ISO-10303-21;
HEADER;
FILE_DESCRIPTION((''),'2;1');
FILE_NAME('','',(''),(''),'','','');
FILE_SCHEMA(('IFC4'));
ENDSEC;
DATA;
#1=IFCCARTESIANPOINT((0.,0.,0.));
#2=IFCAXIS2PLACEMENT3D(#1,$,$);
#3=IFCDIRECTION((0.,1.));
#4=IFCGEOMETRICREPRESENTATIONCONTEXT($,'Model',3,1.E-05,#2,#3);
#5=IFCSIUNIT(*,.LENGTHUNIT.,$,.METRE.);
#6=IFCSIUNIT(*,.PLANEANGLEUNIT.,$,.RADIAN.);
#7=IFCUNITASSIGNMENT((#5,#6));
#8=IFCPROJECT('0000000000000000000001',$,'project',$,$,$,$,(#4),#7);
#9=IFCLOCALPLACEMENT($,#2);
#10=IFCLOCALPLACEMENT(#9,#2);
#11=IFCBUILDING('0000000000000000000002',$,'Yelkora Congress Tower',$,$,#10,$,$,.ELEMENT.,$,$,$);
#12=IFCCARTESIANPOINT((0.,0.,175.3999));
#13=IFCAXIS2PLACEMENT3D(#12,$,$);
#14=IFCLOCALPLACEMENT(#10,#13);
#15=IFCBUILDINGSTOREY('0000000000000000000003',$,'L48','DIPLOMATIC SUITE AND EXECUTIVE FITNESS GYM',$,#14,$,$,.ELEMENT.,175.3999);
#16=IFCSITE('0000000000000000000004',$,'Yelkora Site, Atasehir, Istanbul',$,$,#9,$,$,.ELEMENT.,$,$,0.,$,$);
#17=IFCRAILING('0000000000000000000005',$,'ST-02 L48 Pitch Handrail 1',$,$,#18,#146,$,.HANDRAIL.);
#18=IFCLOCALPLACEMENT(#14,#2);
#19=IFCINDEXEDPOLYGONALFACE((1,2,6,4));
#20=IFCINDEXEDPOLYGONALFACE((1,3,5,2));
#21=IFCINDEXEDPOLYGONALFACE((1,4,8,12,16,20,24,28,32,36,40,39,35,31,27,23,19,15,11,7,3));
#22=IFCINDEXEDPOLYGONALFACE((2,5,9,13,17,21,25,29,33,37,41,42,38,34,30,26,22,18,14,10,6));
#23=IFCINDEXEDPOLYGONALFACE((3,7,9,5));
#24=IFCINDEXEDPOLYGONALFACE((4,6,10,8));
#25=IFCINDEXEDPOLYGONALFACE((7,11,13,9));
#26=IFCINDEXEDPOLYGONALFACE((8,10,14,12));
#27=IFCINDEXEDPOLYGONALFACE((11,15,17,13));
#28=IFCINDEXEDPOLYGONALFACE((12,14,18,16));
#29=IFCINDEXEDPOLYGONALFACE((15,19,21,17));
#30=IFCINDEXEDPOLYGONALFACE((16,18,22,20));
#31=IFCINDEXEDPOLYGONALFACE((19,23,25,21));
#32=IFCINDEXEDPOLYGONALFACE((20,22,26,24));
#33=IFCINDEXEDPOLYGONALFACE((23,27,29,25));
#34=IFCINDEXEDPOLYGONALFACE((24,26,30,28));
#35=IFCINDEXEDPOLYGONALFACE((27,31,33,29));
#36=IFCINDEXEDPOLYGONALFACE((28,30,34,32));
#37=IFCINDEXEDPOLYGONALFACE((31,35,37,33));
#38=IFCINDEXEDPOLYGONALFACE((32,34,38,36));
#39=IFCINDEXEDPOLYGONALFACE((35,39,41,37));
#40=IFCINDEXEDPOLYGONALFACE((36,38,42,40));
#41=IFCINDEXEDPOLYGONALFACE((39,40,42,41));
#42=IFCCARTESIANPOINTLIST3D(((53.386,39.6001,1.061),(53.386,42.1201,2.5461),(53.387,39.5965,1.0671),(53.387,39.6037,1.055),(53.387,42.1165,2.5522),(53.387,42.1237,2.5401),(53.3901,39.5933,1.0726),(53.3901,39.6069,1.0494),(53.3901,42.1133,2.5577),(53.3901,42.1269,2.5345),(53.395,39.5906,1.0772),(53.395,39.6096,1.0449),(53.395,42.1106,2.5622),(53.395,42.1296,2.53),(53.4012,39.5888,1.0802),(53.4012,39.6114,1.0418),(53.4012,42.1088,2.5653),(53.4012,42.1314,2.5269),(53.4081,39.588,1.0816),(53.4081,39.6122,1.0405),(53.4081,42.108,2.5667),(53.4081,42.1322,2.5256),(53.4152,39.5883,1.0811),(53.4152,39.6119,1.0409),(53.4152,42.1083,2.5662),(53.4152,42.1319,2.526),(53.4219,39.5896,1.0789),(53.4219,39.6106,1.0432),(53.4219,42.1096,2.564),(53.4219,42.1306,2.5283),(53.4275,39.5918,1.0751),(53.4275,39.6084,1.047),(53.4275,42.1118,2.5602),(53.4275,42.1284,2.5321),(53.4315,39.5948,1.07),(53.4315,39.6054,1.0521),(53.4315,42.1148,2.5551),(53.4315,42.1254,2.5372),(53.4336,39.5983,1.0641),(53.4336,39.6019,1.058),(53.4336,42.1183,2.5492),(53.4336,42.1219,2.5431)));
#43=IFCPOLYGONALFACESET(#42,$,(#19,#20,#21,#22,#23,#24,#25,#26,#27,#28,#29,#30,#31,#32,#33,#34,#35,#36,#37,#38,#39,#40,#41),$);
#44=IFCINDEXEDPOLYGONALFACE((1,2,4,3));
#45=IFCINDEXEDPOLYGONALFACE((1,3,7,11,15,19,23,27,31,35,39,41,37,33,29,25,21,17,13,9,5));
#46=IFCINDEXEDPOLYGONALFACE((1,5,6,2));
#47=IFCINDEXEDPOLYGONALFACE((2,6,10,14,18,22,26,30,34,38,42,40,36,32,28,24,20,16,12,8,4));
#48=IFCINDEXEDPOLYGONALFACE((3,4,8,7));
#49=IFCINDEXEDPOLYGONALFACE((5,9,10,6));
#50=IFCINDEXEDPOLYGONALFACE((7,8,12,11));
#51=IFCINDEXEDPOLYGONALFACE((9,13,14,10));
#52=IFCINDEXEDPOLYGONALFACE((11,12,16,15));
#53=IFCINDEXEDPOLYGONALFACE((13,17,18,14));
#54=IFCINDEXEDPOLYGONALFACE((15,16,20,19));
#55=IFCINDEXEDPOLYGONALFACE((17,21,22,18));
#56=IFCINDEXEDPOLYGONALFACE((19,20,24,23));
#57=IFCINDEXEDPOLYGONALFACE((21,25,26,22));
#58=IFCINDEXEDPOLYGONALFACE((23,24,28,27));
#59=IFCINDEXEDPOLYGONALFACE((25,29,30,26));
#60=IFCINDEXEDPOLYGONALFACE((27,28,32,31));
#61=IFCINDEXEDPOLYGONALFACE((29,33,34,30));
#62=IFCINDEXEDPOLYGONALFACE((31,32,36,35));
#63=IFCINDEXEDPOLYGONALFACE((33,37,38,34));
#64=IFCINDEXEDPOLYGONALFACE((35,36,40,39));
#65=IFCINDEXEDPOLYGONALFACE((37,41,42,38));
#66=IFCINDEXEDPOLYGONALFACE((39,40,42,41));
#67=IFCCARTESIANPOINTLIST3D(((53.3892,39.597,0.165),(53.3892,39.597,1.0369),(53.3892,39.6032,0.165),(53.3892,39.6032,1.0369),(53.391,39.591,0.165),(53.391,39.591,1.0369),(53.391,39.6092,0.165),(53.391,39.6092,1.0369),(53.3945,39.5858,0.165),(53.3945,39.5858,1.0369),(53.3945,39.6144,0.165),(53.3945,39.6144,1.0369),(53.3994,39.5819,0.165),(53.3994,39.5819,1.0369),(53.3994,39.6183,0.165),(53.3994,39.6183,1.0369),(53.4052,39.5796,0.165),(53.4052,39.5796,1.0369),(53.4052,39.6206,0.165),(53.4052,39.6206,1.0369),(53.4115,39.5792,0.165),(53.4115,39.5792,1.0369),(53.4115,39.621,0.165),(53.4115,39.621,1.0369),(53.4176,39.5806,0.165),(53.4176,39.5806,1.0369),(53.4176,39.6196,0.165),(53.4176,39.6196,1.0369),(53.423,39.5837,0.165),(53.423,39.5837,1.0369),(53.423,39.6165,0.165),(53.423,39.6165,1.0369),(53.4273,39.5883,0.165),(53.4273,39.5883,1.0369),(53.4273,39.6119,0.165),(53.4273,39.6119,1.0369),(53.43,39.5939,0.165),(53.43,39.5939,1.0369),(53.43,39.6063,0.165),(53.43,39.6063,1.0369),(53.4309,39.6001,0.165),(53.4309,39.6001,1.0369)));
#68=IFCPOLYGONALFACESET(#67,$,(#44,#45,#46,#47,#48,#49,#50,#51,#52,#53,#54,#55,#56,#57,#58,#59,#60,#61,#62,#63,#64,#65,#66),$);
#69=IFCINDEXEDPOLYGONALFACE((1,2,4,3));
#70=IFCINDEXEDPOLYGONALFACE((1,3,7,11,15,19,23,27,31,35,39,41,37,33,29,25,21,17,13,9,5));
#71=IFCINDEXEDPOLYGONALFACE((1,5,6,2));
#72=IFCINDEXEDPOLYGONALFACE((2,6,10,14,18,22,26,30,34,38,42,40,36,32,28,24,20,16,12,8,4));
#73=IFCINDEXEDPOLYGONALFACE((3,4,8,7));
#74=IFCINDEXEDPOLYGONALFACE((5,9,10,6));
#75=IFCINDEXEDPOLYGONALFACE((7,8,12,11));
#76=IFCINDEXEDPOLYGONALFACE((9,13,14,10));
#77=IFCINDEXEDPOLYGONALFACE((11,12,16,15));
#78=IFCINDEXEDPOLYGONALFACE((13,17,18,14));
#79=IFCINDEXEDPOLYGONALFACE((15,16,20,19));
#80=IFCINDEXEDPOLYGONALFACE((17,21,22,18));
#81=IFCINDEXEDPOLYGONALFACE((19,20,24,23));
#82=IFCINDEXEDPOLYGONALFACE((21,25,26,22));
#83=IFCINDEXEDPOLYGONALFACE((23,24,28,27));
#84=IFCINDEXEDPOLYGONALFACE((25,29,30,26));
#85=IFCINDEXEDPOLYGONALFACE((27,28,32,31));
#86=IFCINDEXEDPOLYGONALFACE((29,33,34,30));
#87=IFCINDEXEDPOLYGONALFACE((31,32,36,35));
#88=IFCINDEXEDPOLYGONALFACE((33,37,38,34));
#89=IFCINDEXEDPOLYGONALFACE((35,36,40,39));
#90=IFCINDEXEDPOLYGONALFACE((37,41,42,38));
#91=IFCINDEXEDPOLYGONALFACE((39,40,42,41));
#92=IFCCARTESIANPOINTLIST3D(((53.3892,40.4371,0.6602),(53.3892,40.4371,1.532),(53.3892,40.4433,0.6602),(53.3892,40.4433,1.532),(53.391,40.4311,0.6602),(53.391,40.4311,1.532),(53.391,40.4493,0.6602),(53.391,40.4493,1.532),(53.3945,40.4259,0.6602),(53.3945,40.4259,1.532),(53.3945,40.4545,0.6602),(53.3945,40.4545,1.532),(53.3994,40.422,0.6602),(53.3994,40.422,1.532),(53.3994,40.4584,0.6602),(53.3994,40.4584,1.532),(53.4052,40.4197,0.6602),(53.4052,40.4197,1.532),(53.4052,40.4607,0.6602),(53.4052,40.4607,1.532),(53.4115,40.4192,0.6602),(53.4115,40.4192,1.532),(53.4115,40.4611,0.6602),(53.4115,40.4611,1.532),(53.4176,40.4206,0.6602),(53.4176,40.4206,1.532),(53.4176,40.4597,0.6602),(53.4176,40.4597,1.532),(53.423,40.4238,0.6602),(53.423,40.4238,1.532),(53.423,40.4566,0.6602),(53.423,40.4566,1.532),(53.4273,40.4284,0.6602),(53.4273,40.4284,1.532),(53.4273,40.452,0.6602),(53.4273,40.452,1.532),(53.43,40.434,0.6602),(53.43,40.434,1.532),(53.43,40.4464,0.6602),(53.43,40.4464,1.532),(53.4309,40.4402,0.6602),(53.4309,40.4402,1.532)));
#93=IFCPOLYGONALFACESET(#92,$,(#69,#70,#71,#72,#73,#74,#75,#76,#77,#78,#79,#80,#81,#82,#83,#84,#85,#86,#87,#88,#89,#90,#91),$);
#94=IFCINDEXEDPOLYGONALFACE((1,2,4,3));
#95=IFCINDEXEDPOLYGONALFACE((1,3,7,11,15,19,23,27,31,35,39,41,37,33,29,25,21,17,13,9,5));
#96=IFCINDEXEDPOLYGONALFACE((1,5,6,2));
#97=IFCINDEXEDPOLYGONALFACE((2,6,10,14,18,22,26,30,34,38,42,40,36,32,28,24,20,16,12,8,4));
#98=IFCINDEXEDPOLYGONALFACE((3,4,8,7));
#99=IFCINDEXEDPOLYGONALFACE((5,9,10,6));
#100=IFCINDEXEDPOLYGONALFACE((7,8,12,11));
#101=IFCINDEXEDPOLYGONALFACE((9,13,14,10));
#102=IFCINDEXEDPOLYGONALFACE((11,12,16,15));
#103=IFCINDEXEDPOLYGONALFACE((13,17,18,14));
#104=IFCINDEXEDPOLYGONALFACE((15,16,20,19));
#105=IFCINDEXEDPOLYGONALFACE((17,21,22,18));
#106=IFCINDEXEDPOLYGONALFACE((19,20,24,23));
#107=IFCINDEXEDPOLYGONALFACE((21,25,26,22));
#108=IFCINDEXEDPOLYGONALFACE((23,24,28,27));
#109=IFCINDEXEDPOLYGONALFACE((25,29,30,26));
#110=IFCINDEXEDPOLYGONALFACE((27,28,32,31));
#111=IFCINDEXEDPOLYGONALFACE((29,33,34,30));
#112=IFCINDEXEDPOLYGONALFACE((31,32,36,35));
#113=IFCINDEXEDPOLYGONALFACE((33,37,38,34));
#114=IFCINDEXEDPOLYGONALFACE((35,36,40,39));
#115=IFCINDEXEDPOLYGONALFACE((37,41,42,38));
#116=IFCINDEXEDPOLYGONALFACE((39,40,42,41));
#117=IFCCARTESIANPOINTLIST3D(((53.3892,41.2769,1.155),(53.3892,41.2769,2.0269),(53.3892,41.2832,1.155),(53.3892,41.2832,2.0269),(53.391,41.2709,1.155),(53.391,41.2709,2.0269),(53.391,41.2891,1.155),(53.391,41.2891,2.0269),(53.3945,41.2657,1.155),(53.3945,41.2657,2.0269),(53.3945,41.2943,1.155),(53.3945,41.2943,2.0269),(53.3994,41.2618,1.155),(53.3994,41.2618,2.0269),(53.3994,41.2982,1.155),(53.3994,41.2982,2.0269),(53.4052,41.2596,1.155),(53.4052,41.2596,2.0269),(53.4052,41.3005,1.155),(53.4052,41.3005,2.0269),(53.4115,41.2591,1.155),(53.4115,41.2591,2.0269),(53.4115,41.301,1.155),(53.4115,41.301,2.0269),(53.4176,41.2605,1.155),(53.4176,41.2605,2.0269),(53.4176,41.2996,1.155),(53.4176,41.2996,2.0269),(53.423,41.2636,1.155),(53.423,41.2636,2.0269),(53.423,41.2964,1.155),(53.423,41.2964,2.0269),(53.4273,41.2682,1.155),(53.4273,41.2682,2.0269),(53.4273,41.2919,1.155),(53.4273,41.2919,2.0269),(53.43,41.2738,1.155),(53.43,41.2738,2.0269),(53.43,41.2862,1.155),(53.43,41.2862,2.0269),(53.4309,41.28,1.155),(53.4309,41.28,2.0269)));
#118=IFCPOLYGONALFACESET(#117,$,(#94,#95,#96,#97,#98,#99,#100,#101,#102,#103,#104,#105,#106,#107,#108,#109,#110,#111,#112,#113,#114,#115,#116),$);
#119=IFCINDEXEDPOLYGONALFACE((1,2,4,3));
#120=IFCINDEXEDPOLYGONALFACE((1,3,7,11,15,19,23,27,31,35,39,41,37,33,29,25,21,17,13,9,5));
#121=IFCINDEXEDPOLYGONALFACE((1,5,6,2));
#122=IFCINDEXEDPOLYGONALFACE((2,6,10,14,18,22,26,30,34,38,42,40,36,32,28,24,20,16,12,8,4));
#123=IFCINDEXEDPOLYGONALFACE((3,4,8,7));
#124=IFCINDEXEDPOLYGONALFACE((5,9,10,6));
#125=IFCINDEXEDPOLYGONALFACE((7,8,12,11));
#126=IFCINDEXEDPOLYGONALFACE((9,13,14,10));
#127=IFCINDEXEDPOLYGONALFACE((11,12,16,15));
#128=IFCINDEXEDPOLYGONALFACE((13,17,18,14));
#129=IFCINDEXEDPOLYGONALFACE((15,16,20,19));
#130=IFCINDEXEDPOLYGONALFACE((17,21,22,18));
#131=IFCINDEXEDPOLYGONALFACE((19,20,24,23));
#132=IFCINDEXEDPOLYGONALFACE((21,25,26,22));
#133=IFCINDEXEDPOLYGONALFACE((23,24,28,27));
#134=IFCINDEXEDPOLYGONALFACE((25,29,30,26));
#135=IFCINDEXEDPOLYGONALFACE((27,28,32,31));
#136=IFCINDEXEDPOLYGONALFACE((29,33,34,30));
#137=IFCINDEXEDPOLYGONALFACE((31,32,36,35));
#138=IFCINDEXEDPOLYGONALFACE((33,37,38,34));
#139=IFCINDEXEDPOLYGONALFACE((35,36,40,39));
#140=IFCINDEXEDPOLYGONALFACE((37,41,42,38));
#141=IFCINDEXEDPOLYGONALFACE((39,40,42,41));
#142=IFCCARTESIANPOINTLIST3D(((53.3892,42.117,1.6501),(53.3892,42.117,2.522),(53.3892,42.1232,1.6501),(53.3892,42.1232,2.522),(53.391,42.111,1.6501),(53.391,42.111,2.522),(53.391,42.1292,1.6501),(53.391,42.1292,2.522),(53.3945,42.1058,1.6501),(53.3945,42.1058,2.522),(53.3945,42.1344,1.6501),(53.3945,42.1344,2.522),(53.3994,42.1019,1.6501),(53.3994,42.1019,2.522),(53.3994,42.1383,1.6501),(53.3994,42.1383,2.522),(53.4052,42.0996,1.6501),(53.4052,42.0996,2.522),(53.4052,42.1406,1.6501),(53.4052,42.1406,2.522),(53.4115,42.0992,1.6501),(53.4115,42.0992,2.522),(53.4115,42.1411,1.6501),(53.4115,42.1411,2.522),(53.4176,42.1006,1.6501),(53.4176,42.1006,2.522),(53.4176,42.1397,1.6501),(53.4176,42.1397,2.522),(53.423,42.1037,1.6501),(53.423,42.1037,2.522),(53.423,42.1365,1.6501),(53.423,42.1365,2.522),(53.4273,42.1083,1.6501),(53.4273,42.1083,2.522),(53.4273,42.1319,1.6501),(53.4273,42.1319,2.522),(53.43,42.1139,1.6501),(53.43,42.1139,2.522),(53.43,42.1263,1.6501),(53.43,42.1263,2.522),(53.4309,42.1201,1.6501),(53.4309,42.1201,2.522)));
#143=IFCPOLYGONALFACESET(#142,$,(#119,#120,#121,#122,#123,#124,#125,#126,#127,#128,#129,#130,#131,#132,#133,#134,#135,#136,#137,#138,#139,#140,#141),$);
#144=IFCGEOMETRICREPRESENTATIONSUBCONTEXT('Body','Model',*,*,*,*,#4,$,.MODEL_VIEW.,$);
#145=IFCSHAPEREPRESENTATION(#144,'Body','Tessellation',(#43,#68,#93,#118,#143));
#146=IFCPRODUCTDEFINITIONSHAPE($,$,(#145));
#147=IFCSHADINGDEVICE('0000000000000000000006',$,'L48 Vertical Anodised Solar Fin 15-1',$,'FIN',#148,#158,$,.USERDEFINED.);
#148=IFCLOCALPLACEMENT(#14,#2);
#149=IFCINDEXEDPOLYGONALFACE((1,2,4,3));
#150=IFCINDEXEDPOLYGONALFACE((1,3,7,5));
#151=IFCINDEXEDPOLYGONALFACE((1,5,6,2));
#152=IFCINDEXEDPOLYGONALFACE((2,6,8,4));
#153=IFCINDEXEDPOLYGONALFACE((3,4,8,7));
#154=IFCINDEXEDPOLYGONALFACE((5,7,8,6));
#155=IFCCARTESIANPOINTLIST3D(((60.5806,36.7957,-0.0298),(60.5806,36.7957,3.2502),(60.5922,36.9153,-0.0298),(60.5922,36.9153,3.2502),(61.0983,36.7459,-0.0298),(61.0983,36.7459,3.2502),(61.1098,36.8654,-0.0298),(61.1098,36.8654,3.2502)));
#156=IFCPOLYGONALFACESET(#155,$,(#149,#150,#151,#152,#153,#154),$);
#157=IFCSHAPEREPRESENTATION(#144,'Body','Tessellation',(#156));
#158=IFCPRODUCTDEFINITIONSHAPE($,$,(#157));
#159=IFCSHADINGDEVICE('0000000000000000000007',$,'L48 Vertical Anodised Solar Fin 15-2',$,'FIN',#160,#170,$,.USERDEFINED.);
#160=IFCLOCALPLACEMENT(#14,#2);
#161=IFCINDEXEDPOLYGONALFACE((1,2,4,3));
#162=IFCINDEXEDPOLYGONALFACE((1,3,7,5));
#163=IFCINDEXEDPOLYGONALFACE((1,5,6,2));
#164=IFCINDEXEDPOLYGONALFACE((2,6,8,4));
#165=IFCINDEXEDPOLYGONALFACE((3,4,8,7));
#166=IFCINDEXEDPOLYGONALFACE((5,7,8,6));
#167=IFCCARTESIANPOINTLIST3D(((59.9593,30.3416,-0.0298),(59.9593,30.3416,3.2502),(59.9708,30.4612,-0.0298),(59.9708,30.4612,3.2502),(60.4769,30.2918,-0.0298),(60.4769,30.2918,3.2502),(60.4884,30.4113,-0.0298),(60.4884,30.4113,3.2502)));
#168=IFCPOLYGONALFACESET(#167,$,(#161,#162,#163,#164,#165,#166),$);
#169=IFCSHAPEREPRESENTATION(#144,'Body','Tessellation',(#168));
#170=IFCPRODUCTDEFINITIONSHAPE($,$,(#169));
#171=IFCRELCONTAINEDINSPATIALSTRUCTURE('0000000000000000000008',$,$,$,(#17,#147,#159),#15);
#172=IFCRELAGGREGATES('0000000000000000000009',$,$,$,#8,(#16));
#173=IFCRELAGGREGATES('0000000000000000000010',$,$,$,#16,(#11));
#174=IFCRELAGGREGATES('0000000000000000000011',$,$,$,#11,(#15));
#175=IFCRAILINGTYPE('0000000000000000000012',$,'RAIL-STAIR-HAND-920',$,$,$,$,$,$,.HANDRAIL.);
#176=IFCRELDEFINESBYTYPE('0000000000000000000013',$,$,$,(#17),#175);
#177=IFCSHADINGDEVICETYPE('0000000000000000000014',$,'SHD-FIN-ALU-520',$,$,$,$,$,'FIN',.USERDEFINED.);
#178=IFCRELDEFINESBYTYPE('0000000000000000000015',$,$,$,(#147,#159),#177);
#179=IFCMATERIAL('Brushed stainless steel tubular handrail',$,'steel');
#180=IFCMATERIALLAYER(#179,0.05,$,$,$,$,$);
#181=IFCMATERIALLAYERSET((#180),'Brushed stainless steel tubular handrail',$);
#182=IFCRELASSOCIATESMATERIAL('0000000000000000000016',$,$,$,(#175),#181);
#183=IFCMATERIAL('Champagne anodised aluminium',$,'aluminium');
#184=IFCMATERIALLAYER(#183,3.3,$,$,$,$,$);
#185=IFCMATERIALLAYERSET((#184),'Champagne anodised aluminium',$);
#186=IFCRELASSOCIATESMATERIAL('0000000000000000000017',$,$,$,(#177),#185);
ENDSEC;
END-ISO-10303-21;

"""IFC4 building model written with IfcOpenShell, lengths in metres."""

from ifc_helpers import new_model, si_unit, direction, frame, origin, origin_2d, place, context, subcontext, project, spatial, rectangle, circle, extrude, material, layer, layer_set, type_object, element, save


model = new_model("IFC4")

# Units and contexts
model_context = context("Model", 3, precision=1e-05, world=origin(), true_north=direction((0.0, 1.0)))
body_context = subcontext(model_context, "Body", "Model", "MODEL_VIEW")
ifc_project = project(units=[si_unit("LENGTHUNIT", "METRE"), si_unit("PLANEANGLEUNIT", "RADIAN")], contexts=[model_context])

# Site, building, storey
site_placement = place(None, origin())
site = spatial("IfcSite", under=ifc_project, at=site_placement, Name="Yelkora Site, Atasehir, Istanbul", CompositionType="ELEMENT", RefElevation=0.0)
building_placement = place(site_placement, origin())
building = spatial("IfcBuilding", under=site, at=building_placement, Name="Yelkora Congress Tower", CompositionType="ELEMENT")
storey_placement = place(building_placement, frame((0.0, 0.0, 175.3999)))
storey = spatial("IfcBuildingStorey", under=building, at=storey_placement, Name="L48", Description="DIPLOMATIC SUITE AND EXECUTIVE FITNESS GYM", CompositionType="ELEMENT", Elevation=175.3999)

# Railing
ifc_material_1 = material(Name="Brushed stainless steel tubular handrail", Category="steel")
ifc_layer_1 = layer(ifc_material_1, 0.05)
ifc_layer_set_1 = layer_set([ifc_layer_1], Name="Brushed stainless steel tubular handrail")
railing_type_1 = type_object("IfcRailingType", Name="RAIL-STAIR-HAND-920", PredefinedType="HANDRAIL", material=ifc_layer_set_1)
railing_1_placement = place(storey_placement, frame((53.4099, 39.6001, 0.165)))
element("IfcRailing", 1, at=railing_1_placement, inside=storey, type_object=railing_type_1, Name="ST-02 L48 Pitch Handrail 1", PredefinedType="HANDRAIL", context=body_context, shape_type="SweptSolid", body=[
    extrude(circle(Radius=0.0239, at=origin_2d()), frame((0.0, 0.0, 0.896), z_axis=(0.0, 0.861524, 0.507717), x_axis=(-1.0, 0.0, 0.0)), (0.0, 0.0, 1.0), 2.925),
    extrude(circle(Radius=0.021, at=origin_2d()), origin(), (0.0, 0.0, 1.0), 0.8718),
    extrude(circle(Radius=0.021, at=origin_2d()), frame((0.0, 0.8401, 0.4951)), (0.0, 0.0, 1.0), 0.8718),
    extrude(circle(Radius=0.021, at=origin_2d()), frame((0.0, 1.6799, 0.99)), (0.0, 0.0, 1.0), 0.8718),
    extrude(circle(Radius=0.021, at=origin_2d()), frame((0.0, 2.52, 1.4851)), (0.0, 0.0, 1.0), 0.8718),
])

# Shading devices
ifc_material_2 = material(Name="Champagne anodised aluminium", Category="aluminium")
ifc_layer_2 = layer(ifc_material_2, 3.3)
ifc_layer_set_2 = layer_set([ifc_layer_2], Name="Champagne anodised aluminium")
shading_device_type = type_object("IfcShadingDeviceType", Name="SHD-FIN-ALU-520", ElementType="FIN", PredefinedType="USERDEFINED", material=ifc_layer_set_2)
for number, where, z_axis, x_axis, name in (
    (2, (60.8452, 36.8306, -0.0298), (0.0, 0.0, 1.0), (-0.095846, -0.995396, 0.0), "L48 Vertical Anodised Solar Fin 15-1"),
    (3, (60.2239, 30.3765, -0.0298), (0.0, 0.0, 1.0), (-0.095846, -0.995396, 0.0), "L48 Vertical Anodised Solar Fin 15-2"),
):
    element("IfcShadingDevice", number, at=place(storey_placement, frame(where, z_axis=z_axis, x_axis=x_axis)), inside=storey, type_object=shading_device_type, Name=name, ObjectType="FIN", PredefinedType="USERDEFINED", context=body_context, shape_type="SweptSolid", body=[
        extrude(rectangle(XDim=0.1201, YDim=0.52, at=origin_2d()), origin(), (0.0, 0.0, 1.0), 3.28),
    ])

save(model, "model.ifc")
